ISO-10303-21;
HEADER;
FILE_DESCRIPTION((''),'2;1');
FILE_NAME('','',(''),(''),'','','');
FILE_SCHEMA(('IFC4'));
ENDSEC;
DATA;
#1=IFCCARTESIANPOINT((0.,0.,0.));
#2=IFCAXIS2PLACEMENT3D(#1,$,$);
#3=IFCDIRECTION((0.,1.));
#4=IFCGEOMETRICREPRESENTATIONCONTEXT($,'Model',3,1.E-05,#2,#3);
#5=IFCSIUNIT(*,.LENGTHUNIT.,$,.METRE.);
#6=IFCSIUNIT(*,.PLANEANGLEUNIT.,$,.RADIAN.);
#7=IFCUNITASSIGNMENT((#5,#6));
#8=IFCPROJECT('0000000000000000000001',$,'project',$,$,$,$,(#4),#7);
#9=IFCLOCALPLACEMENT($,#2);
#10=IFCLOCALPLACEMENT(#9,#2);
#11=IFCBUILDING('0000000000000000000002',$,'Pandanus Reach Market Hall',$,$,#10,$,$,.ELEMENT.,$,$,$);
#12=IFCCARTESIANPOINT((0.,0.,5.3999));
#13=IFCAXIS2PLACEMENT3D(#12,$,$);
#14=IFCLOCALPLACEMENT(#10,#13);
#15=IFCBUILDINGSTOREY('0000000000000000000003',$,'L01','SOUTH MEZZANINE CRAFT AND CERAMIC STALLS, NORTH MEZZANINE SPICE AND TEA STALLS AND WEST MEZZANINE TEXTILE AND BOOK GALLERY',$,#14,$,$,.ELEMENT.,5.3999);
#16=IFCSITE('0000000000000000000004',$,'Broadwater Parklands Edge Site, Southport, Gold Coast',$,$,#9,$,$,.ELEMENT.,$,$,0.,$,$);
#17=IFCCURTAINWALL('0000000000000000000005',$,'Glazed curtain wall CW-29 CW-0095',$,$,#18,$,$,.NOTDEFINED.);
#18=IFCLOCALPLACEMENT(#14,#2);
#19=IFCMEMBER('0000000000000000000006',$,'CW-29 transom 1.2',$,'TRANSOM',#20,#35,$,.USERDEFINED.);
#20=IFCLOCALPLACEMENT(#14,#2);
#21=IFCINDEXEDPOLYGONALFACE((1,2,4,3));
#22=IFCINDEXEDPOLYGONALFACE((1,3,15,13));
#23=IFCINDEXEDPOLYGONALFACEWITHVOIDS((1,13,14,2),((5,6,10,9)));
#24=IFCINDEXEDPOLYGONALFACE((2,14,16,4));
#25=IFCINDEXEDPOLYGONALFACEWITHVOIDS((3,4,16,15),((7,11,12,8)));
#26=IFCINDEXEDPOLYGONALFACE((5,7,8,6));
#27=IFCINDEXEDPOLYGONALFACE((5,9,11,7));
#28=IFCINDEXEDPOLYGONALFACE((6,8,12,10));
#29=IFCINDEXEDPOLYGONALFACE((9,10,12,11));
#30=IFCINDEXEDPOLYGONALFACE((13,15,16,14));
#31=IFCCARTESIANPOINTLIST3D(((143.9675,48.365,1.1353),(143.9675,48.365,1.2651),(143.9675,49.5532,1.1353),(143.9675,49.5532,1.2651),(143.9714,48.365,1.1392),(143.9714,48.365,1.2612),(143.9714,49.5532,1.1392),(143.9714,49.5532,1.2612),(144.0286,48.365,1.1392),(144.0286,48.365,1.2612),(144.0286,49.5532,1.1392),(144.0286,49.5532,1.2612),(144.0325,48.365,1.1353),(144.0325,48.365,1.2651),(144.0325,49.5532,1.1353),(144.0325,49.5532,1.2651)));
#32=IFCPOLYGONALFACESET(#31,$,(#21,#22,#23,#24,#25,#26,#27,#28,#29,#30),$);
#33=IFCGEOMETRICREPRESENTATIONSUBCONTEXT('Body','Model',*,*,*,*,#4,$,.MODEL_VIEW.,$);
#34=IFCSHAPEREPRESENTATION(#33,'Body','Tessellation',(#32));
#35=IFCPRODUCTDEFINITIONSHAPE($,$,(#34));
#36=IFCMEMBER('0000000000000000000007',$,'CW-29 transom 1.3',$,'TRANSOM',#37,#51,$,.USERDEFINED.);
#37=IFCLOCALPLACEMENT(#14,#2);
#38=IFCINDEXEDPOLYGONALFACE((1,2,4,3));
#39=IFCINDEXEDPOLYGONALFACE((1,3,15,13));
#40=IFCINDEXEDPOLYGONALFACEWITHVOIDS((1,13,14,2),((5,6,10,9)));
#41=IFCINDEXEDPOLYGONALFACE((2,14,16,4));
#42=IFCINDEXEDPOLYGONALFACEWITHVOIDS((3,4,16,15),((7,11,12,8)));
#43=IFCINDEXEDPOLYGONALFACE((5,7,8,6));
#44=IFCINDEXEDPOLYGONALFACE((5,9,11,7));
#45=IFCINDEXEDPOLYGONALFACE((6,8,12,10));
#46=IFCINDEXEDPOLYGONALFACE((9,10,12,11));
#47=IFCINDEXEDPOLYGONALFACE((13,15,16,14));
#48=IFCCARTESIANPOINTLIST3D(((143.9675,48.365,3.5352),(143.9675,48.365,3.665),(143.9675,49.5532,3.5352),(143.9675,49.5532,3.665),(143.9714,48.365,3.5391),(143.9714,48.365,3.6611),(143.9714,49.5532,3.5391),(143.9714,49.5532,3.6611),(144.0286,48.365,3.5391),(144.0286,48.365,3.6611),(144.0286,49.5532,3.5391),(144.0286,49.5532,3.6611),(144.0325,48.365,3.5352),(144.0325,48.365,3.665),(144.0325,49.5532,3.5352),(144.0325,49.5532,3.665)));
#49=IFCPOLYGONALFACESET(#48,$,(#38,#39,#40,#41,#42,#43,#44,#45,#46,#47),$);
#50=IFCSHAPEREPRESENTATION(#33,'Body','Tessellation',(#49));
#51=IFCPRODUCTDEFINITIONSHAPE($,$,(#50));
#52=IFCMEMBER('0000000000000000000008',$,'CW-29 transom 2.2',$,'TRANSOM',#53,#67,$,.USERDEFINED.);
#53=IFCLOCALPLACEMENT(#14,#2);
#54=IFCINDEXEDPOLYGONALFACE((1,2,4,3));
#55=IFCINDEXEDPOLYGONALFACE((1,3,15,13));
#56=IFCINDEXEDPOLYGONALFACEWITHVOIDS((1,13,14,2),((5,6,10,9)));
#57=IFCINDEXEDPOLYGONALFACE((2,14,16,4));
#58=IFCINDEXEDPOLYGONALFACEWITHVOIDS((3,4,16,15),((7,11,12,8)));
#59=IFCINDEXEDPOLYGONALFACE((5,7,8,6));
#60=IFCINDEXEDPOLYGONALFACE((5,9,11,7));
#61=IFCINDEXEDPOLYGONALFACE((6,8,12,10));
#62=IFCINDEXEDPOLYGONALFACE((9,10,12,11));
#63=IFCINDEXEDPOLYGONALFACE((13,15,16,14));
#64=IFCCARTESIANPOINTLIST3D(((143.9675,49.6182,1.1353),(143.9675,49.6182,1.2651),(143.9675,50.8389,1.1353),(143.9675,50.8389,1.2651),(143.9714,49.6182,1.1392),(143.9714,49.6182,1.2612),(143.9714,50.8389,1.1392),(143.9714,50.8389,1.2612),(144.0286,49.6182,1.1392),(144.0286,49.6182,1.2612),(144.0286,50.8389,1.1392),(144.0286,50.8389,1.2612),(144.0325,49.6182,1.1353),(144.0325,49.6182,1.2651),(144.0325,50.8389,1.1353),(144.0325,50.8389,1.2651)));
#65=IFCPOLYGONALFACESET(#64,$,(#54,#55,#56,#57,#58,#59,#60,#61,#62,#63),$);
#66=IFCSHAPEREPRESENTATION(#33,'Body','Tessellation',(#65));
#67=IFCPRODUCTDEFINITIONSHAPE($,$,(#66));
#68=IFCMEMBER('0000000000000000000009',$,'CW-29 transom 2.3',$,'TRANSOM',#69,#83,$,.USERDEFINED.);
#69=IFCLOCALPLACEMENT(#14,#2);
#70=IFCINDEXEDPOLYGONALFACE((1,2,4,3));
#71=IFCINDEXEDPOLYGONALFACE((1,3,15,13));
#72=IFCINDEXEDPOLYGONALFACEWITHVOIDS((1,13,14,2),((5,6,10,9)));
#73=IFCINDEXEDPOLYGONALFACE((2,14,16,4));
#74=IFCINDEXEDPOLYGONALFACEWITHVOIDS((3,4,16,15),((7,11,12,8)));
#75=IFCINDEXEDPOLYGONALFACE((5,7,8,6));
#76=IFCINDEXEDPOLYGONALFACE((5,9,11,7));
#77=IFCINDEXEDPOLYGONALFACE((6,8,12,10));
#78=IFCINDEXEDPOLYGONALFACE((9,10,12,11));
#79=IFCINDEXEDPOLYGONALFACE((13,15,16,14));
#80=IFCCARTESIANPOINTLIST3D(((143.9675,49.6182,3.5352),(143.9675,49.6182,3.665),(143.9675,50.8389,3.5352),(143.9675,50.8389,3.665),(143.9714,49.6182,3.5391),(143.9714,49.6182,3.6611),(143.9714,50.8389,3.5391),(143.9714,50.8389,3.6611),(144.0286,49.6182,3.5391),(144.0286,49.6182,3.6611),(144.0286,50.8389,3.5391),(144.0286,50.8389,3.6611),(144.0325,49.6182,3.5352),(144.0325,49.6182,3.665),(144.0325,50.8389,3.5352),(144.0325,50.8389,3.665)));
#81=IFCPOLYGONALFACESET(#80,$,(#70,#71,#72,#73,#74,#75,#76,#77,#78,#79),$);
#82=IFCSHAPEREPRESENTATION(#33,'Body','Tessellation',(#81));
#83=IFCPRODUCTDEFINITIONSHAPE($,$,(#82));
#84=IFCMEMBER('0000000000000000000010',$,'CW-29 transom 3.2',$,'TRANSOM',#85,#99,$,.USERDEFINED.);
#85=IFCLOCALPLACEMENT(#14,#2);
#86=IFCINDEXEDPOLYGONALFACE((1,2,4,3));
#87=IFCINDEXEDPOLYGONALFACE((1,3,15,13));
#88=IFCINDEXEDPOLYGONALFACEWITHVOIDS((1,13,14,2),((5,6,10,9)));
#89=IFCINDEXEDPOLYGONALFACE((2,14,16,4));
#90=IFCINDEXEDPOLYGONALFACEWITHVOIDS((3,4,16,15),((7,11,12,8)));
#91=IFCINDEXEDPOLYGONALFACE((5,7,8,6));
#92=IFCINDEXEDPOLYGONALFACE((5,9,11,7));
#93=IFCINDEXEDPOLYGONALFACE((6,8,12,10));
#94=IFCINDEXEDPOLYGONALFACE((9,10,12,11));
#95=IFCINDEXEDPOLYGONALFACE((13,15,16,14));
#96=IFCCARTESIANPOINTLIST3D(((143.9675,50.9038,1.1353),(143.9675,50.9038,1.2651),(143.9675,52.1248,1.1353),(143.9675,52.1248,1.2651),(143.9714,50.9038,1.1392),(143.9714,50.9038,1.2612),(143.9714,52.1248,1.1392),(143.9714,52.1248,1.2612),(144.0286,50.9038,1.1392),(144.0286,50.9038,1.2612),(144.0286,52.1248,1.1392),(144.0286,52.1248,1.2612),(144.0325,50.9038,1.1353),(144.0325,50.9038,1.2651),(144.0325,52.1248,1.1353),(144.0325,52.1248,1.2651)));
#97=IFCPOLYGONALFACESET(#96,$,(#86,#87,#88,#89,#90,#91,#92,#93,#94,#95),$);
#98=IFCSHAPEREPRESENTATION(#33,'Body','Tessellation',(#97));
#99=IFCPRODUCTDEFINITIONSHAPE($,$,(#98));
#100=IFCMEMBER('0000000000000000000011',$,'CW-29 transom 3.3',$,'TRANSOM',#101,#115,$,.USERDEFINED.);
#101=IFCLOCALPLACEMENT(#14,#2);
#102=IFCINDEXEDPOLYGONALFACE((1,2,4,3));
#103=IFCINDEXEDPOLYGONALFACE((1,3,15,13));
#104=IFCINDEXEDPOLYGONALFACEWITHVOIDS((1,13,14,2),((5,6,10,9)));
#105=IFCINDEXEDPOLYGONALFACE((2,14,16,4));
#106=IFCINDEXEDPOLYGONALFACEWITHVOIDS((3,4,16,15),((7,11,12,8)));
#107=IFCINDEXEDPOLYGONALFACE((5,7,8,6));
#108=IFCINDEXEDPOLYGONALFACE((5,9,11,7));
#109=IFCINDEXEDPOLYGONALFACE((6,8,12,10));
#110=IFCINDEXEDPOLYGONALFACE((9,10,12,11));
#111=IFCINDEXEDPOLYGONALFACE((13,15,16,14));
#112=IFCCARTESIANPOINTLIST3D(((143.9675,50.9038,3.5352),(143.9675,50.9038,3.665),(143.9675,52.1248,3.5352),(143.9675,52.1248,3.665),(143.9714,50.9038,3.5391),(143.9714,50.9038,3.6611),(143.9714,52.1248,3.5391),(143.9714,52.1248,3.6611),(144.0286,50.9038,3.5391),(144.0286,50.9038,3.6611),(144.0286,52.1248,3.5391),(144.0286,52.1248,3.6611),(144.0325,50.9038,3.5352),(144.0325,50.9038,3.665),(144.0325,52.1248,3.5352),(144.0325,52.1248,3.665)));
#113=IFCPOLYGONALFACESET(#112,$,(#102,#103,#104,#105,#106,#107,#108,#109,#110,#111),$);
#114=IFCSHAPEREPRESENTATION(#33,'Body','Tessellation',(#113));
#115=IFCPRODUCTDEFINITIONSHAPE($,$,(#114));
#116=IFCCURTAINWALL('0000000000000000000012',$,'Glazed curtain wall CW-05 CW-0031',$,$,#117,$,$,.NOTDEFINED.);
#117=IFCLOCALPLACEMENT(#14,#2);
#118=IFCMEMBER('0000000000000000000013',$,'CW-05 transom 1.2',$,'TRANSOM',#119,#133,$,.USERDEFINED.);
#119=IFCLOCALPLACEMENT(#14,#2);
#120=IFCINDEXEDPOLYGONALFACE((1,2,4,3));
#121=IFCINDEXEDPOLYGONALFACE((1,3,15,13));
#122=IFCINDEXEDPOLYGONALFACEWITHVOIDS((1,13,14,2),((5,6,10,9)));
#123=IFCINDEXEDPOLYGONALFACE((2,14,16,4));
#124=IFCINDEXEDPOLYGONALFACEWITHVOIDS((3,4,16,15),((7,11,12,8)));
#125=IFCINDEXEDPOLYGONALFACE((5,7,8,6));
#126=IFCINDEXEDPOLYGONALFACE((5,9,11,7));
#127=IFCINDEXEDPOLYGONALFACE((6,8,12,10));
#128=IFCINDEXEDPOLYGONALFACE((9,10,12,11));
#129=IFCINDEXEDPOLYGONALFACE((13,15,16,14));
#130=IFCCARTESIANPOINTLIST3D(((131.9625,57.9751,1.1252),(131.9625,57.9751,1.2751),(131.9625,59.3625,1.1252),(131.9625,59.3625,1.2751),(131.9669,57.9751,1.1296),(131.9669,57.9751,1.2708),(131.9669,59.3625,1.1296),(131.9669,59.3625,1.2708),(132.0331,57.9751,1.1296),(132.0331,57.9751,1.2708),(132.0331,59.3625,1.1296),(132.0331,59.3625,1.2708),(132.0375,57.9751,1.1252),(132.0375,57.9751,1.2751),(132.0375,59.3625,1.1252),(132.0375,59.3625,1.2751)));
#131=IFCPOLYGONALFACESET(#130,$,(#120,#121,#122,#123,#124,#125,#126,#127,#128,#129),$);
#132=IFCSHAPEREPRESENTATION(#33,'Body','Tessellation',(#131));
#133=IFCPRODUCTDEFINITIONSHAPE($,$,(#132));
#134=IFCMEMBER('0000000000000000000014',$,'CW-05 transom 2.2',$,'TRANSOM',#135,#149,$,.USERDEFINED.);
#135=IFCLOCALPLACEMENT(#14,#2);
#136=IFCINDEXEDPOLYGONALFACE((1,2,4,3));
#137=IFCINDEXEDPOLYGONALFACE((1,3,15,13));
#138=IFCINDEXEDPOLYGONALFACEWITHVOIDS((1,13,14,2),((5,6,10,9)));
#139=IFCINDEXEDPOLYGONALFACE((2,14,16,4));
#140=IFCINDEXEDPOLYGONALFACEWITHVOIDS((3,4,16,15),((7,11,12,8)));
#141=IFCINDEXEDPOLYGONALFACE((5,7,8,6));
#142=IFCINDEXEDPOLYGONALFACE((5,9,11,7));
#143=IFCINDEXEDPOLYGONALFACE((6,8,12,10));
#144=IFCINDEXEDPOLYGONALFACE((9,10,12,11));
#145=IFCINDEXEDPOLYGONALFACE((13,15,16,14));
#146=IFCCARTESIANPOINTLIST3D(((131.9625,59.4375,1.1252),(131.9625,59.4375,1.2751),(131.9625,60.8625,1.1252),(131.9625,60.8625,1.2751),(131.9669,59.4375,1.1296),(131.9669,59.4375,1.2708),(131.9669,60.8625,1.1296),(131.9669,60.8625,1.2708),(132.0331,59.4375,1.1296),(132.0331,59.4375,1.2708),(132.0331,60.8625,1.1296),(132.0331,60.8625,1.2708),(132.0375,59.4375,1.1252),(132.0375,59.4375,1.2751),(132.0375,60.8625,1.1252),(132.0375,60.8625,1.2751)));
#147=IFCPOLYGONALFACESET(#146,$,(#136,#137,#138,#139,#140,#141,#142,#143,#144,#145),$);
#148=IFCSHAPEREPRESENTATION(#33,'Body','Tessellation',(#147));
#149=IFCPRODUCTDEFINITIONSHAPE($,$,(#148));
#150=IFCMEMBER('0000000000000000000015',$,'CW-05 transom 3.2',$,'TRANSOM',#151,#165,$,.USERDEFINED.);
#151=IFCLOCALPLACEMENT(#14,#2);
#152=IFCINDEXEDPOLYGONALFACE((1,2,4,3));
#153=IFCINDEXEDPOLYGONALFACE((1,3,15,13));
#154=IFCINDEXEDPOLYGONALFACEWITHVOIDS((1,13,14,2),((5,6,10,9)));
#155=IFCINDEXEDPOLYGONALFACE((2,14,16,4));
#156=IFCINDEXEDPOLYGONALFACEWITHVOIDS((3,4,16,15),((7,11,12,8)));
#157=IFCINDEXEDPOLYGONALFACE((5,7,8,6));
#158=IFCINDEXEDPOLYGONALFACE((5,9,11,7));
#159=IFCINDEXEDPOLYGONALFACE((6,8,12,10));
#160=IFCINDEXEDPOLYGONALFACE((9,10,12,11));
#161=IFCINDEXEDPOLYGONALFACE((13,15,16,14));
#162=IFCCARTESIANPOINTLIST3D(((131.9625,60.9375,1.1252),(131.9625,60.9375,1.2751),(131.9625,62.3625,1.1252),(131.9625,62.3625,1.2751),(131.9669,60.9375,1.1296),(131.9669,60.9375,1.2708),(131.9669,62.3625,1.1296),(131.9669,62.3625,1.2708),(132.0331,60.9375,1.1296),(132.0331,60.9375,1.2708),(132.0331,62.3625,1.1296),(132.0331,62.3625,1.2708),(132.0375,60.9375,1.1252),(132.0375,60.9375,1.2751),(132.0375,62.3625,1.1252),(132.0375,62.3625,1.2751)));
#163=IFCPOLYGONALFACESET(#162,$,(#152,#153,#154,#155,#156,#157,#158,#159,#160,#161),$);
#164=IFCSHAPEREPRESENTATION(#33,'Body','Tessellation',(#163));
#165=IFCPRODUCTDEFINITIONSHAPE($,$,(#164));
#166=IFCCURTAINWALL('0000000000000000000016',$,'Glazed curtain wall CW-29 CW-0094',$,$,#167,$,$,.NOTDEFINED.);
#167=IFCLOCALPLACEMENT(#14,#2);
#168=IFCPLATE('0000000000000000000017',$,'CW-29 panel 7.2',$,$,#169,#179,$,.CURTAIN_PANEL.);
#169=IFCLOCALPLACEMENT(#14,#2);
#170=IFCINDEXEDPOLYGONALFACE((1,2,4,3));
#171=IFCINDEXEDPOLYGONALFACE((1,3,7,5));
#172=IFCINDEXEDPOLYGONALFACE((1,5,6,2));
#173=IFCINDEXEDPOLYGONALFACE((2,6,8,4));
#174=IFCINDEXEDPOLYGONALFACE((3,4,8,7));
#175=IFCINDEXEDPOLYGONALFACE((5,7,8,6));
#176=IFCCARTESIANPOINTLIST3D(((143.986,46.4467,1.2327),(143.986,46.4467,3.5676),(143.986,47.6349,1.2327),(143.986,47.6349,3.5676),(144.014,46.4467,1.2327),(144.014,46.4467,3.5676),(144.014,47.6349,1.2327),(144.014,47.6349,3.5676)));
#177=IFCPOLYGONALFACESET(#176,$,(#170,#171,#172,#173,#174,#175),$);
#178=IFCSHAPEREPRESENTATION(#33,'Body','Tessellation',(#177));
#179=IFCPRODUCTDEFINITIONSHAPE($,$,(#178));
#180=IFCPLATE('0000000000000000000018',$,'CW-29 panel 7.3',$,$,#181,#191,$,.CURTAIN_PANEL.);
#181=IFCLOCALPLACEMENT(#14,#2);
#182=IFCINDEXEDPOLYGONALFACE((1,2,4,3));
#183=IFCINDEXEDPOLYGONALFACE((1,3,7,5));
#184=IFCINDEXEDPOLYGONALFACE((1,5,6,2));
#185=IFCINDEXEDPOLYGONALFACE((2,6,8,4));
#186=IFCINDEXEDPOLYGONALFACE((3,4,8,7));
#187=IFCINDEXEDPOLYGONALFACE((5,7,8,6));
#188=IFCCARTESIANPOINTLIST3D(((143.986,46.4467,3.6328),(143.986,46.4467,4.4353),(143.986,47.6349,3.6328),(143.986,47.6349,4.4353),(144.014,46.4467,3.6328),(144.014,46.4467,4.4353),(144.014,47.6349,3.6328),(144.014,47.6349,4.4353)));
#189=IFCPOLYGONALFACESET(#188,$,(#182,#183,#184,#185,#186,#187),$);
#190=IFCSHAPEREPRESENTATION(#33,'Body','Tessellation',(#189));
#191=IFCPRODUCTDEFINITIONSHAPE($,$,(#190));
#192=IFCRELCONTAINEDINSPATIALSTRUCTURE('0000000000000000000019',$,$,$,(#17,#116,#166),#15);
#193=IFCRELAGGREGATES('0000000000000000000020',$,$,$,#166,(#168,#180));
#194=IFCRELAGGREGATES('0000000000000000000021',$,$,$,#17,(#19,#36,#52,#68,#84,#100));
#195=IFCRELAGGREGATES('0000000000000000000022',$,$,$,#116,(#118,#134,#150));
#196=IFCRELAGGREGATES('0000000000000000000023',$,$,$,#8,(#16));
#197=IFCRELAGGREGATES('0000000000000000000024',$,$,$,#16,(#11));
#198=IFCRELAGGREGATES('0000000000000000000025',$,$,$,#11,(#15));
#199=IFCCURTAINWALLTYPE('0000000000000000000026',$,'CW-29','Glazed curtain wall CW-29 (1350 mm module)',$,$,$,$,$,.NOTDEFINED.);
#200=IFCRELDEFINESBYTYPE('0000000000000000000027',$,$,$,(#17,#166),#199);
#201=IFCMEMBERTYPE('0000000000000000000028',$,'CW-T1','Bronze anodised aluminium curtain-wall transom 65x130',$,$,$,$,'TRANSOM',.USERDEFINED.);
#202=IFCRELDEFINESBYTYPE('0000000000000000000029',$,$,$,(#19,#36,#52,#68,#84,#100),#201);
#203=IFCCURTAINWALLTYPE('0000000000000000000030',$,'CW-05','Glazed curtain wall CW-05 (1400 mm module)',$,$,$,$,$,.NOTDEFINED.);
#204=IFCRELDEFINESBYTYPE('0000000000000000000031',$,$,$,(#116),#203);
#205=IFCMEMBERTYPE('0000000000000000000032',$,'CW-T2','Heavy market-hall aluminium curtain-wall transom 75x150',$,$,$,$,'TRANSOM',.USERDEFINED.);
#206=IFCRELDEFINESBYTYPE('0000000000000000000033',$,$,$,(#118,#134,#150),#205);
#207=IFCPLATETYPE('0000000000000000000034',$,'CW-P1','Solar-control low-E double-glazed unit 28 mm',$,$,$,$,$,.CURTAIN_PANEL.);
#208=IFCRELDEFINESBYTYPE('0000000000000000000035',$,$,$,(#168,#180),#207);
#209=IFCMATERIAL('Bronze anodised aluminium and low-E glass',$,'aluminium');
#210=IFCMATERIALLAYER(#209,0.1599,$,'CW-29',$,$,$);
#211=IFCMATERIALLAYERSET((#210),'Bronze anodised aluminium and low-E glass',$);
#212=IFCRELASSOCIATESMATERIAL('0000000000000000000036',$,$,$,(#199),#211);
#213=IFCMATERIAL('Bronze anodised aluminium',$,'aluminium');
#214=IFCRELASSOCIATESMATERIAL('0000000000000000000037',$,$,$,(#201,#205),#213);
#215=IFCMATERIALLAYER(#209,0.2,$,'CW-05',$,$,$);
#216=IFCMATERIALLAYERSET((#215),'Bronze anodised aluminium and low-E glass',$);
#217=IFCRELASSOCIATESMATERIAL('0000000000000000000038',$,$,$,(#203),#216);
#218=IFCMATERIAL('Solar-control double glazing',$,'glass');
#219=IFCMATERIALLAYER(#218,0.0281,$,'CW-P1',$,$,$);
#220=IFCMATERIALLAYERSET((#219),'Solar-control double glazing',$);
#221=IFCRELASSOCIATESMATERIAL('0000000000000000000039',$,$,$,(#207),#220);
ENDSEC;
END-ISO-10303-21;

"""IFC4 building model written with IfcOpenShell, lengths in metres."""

from ifc_helpers import new_model, si_unit, direction, frame, origin, origin_2d, place, context, subcontext, project, spatial, rectangle, hollow_rectangle, extrude, material, layer, layer_set, material_profile, profile_set, type_object, element, aggregate, save


model = new_model("IFC4")

# Units and contexts
model_context = context("Model", 3, precision=1e-05, world=origin(), true_north=direction((0.0, 1.0)))
body_context = subcontext(model_context, "Body", "Model", "MODEL_VIEW")
ifc_project = project(units=[si_unit("LENGTHUNIT", "METRE"), si_unit("PLANEANGLEUNIT", "RADIAN")], contexts=[model_context])

# Site, building, storey
site_placement = place(None, origin())
site = spatial("IfcSite", under=ifc_project, at=site_placement, Name="Broadwater Parklands Edge Site, Southport, Gold Coast", CompositionType="ELEMENT", RefElevation=0.0)
building_placement = place(site_placement, origin())
building = spatial("IfcBuilding", under=site, at=building_placement, Name="Pandanus Reach Market Hall", CompositionType="ELEMENT")
storey_placement = place(building_placement, frame((0.0, 0.0, 5.3999)))
storey = spatial("IfcBuildingStorey", under=building, at=storey_placement, Name="L01", Description="SOUTH MEZZANINE CRAFT AND CERAMIC STALLS, NORTH MEZZANINE SPICE AND TEA STALLS AND WEST MEZZANINE TEXTILE AND BOOK GALLERY", CompositionType="ELEMENT", Elevation=5.3999)

# Curtain walls, members
ifc_material_1 = material(Name="Bronze anodised aluminium and low-E glass", Category="aluminium")
ifc_layer_1 = layer(ifc_material_1, 0.1599, Name="CW-29")
ifc_layer_set_1 = layer_set([ifc_layer_1], Name="Bronze anodised aluminium and low-E glass")
curtain_wall_type_1 = type_object("IfcCurtainWallType", Name="CW-29", Description="Glazed curtain wall CW-29 (1350 mm module)", PredefinedType="NOTDEFINED", material=ifc_layer_set_1)
curtain_wall_1_placement = place(storey_placement, origin())
curtain_wall_1 = element("IfcCurtainWall", 1, at=curtain_wall_1_placement, inside=storey, type_object=curtain_wall_type_1, Name="Glazed curtain wall CW-29 CW-0095", PredefinedType="NOTDEFINED")
ifc_material_2 = material(Name="Bronze anodised aluminium", Category="aluminium")
ifc_material_profile_1 = material_profile(ifc_material_2, hollow_rectangle(XDim=0.0649, YDim=0.1299, WallThickness=0.0039, at=origin_2d()), Name="ALU65x130", Category="LoadBearing")
ifc_profile_set_1 = profile_set([ifc_material_profile_1], Name="Bronze anodised aluminium")
member_type_1 = type_object("IfcMemberType", Name="CW-T1", Description="Bronze anodised aluminium curtain-wall transom 65x130", ElementType="TRANSOM", PredefinedType="USERDEFINED", material=ifc_profile_set_1)
member_1_placement = place(storey_placement, frame((144.0, 48.365, 1.2002), z_axis=(0.0, 1.0, 0.0), x_axis=(-1.0, 0.0, 0.0)))
member_1 = element("IfcMember", 2, at=member_1_placement, type_object=member_type_1, Name="CW-29 transom 1.2", ObjectType="TRANSOM", PredefinedType="USERDEFINED", context=body_context, shape_type="SweptSolid", body=[
    extrude(hollow_rectangle(XDim=0.0649, YDim=0.1299, WallThickness=0.0039, at=origin_2d()), origin(), (0.0, 0.0, 1.0), 1.1882),
])
member_2_placement = place(storey_placement, frame((144.0, 48.365, 3.6001), z_axis=(0.0, 1.0, 0.0), x_axis=(-1.0, 0.0, 0.0)))
member_2 = element("IfcMember", 3, at=member_2_placement, type_object=member_type_1, Name="CW-29 transom 1.3", ObjectType="TRANSOM", PredefinedType="USERDEFINED", context=body_context, shape_type="SweptSolid", body=[
    extrude(hollow_rectangle(XDim=0.0649, YDim=0.1299, WallThickness=0.0039, at=origin_2d()), origin(), (0.0, 0.0, 1.0), 1.1882),
])
member_3_placement = place(storey_placement, frame((144.0, 49.6182, 1.2002), z_axis=(0.0, 1.0, 0.0), x_axis=(-1.0, 0.0, 0.0)))
member_3 = element("IfcMember", 4, at=member_3_placement, type_object=member_type_1, Name="CW-29 transom 2.2", ObjectType="TRANSOM", PredefinedType="USERDEFINED", context=body_context, shape_type="SweptSolid", body=[
    extrude(hollow_rectangle(XDim=0.0649, YDim=0.1299, WallThickness=0.0039, at=origin_2d()), origin(), (0.0, 0.0, 1.0), 1.2207),
])
member_4_placement = place(storey_placement, frame((144.0, 49.6182, 3.6001), z_axis=(0.0, 1.0, 0.0), x_axis=(-1.0, 0.0, 0.0)))
member_4 = element("IfcMember", 5, at=member_4_placement, type_object=member_type_1, Name="CW-29 transom 2.3", ObjectType="TRANSOM", PredefinedType="USERDEFINED", context=body_context, shape_type="SweptSolid", body=[
    extrude(hollow_rectangle(XDim=0.0649, YDim=0.1299, WallThickness=0.0039, at=origin_2d()), origin(), (0.0, 0.0, 1.0), 1.2207),
])
member_5_placement = place(storey_placement, frame((144.0, 50.9038, 1.2002), z_axis=(0.0, 1.0, 0.0), x_axis=(-1.0, 0.0, 0.0)))
member_5 = element("IfcMember", 6, at=member_5_placement, type_object=member_type_1, Name="CW-29 transom 3.2", ObjectType="TRANSOM", PredefinedType="USERDEFINED", context=body_context, shape_type="SweptSolid", body=[
    extrude(hollow_rectangle(XDim=0.0649, YDim=0.1299, WallThickness=0.0039, at=origin_2d()), origin(), (0.0, 0.0, 1.0), 1.2209),
])
member_6_placement = place(storey_placement, frame((144.0, 50.9038, 3.6001), z_axis=(0.0, 1.0, 0.0), x_axis=(-1.0, 0.0, 0.0)))
member_6 = element("IfcMember", 7, at=member_6_placement, type_object=member_type_1, Name="CW-29 transom 3.3", ObjectType="TRANSOM", PredefinedType="USERDEFINED", context=body_context, shape_type="SweptSolid", body=[
    extrude(hollow_rectangle(XDim=0.0649, YDim=0.1299, WallThickness=0.0039, at=origin_2d()), origin(), (0.0, 0.0, 1.0), 1.2209),
])
ifc_layer_2 = layer(ifc_material_1, 0.2, Name="CW-05")
ifc_layer_set_2 = layer_set([ifc_layer_2], Name="Bronze anodised aluminium and low-E glass")
curtain_wall_type_2 = type_object("IfcCurtainWallType", Name="CW-05", Description="Glazed curtain wall CW-05 (1400 mm module)", PredefinedType="NOTDEFINED", material=ifc_layer_set_2)
curtain_wall_2_placement = place(storey_placement, origin())
curtain_wall_2 = element("IfcCurtainWall", 8, at=curtain_wall_2_placement, inside=storey, type_object=curtain_wall_type_2, Name="Glazed curtain wall CW-05 CW-0031", PredefinedType="NOTDEFINED")
ifc_material_profile_2 = material_profile(ifc_material_2, hollow_rectangle(XDim=0.075, YDim=0.1499, WallThickness=0.0044, at=origin_2d()), Name="ALU75x150", Category="LoadBearing")
ifc_profile_set_2 = profile_set([ifc_material_profile_2], Name="Bronze anodised aluminium")
member_type_2 = type_object("IfcMemberType", Name="CW-T2", Description="Heavy market-hall aluminium curtain-wall transom 75x150", ElementType="TRANSOM", PredefinedType="USERDEFINED", material=ifc_profile_set_2)
member_7_placement = place(storey_placement, frame((132.0, 57.9751, 1.2002), z_axis=(0.0, 1.0, 0.0), x_axis=(-1.0, 0.0, 0.0)))
member_7 = element("IfcMember", 9, at=member_7_placement, type_object=member_type_2, Name="CW-05 transom 1.2", ObjectType="TRANSOM", PredefinedType="USERDEFINED", context=body_context, shape_type="SweptSolid", body=[
    extrude(hollow_rectangle(XDim=0.075, YDim=0.1499, WallThickness=0.0044, at=origin_2d()), origin(), (0.0, 0.0, 1.0), 1.3875),
])
member_8_placement = place(storey_placement, frame((132.0, 59.4375, 1.2002), z_axis=(0.0, 1.0, 0.0), x_axis=(-1.0, 0.0, 0.0)))
member_8 = element("IfcMember", 10, at=member_8_placement, type_object=member_type_2, Name="CW-05 transom 2.2", ObjectType="TRANSOM", PredefinedType="USERDEFINED", context=body_context, shape_type="SweptSolid", body=[
    extrude(hollow_rectangle(XDim=0.075, YDim=0.1499, WallThickness=0.0044, at=origin_2d()), origin(), (0.0, 0.0, 1.0), 1.425),
])
member_9_placement = place(storey_placement, frame((132.0, 60.9375, 1.2002), z_axis=(0.0, 1.0, 0.0), x_axis=(-1.0, 0.0, 0.0)))
member_9 = element("IfcMember", 11, at=member_9_placement, type_object=member_type_2, Name="CW-05 transom 3.2", ObjectType="TRANSOM", PredefinedType="USERDEFINED", context=body_context, shape_type="SweptSolid", body=[
    extrude(hollow_rectangle(XDim=0.075, YDim=0.1499, WallThickness=0.0044, at=origin_2d()), origin(), (0.0, 0.0, 1.0), 1.425),
])

# Curtain wall, plates
curtain_wall_3_placement = place(storey_placement, origin())
curtain_wall_3 = element("IfcCurtainWall", 12, at=curtain_wall_3_placement, inside=storey, type_object=curtain_wall_type_1, Name="Glazed curtain wall CW-29 CW-0094", PredefinedType="NOTDEFINED")
ifc_material_3 = material(Name="Solar-control double glazing", Category="glass")
ifc_layer_3 = layer(ifc_material_3, 0.0281, Name="CW-P1")
ifc_layer_set_3 = layer_set([ifc_layer_3], Name="Solar-control double glazing")
plate_type_1 = type_object("IfcPlateType", Name="CW-P1", Description="Solar-control low-E double-glazed unit 28 mm", PredefinedType="CURTAIN_PANEL", material=ifc_layer_set_3)
plate_1_placement = place(storey_placement, frame((144.0, 47.0408, 1.2327), z_axis=(0.0, 0.0, 1.0), x_axis=(0.0, 1.0, 0.0)))
plate_1 = element("IfcPlate", 13, at=plate_1_placement, type_object=plate_type_1, Name="CW-29 panel 7.2", PredefinedType="CURTAIN_PANEL", context=body_context, shape_type="SweptSolid", body=[
    extrude(rectangle(XDim=1.1882, YDim=0.0281, at=origin_2d()), origin(), (0.0, 0.0, 1.0), 2.335),
])
plate_2_placement = place(storey_placement, frame((144.0, 47.0408, 3.6328), z_axis=(0.0, 0.0, 1.0), x_axis=(0.0, 1.0, 0.0)))
plate_2 = element("IfcPlate", 14, at=plate_2_placement, type_object=plate_type_1, Name="CW-29 panel 7.3", PredefinedType="CURTAIN_PANEL", context=body_context, shape_type="SweptSolid", body=[
    extrude(rectangle(XDim=1.1882, YDim=0.0281, at=origin_2d()), origin(), (0.0, 0.0, 1.0), 0.8025),
])
aggregate(curtain_wall_3, [plate_1, plate_2])

aggregate(curtain_wall_1, [member_1, member_2, member_3, member_4, member_5, member_6])
aggregate(curtain_wall_2, [member_7, member_8, member_9])

save(model, "model.ifc")
